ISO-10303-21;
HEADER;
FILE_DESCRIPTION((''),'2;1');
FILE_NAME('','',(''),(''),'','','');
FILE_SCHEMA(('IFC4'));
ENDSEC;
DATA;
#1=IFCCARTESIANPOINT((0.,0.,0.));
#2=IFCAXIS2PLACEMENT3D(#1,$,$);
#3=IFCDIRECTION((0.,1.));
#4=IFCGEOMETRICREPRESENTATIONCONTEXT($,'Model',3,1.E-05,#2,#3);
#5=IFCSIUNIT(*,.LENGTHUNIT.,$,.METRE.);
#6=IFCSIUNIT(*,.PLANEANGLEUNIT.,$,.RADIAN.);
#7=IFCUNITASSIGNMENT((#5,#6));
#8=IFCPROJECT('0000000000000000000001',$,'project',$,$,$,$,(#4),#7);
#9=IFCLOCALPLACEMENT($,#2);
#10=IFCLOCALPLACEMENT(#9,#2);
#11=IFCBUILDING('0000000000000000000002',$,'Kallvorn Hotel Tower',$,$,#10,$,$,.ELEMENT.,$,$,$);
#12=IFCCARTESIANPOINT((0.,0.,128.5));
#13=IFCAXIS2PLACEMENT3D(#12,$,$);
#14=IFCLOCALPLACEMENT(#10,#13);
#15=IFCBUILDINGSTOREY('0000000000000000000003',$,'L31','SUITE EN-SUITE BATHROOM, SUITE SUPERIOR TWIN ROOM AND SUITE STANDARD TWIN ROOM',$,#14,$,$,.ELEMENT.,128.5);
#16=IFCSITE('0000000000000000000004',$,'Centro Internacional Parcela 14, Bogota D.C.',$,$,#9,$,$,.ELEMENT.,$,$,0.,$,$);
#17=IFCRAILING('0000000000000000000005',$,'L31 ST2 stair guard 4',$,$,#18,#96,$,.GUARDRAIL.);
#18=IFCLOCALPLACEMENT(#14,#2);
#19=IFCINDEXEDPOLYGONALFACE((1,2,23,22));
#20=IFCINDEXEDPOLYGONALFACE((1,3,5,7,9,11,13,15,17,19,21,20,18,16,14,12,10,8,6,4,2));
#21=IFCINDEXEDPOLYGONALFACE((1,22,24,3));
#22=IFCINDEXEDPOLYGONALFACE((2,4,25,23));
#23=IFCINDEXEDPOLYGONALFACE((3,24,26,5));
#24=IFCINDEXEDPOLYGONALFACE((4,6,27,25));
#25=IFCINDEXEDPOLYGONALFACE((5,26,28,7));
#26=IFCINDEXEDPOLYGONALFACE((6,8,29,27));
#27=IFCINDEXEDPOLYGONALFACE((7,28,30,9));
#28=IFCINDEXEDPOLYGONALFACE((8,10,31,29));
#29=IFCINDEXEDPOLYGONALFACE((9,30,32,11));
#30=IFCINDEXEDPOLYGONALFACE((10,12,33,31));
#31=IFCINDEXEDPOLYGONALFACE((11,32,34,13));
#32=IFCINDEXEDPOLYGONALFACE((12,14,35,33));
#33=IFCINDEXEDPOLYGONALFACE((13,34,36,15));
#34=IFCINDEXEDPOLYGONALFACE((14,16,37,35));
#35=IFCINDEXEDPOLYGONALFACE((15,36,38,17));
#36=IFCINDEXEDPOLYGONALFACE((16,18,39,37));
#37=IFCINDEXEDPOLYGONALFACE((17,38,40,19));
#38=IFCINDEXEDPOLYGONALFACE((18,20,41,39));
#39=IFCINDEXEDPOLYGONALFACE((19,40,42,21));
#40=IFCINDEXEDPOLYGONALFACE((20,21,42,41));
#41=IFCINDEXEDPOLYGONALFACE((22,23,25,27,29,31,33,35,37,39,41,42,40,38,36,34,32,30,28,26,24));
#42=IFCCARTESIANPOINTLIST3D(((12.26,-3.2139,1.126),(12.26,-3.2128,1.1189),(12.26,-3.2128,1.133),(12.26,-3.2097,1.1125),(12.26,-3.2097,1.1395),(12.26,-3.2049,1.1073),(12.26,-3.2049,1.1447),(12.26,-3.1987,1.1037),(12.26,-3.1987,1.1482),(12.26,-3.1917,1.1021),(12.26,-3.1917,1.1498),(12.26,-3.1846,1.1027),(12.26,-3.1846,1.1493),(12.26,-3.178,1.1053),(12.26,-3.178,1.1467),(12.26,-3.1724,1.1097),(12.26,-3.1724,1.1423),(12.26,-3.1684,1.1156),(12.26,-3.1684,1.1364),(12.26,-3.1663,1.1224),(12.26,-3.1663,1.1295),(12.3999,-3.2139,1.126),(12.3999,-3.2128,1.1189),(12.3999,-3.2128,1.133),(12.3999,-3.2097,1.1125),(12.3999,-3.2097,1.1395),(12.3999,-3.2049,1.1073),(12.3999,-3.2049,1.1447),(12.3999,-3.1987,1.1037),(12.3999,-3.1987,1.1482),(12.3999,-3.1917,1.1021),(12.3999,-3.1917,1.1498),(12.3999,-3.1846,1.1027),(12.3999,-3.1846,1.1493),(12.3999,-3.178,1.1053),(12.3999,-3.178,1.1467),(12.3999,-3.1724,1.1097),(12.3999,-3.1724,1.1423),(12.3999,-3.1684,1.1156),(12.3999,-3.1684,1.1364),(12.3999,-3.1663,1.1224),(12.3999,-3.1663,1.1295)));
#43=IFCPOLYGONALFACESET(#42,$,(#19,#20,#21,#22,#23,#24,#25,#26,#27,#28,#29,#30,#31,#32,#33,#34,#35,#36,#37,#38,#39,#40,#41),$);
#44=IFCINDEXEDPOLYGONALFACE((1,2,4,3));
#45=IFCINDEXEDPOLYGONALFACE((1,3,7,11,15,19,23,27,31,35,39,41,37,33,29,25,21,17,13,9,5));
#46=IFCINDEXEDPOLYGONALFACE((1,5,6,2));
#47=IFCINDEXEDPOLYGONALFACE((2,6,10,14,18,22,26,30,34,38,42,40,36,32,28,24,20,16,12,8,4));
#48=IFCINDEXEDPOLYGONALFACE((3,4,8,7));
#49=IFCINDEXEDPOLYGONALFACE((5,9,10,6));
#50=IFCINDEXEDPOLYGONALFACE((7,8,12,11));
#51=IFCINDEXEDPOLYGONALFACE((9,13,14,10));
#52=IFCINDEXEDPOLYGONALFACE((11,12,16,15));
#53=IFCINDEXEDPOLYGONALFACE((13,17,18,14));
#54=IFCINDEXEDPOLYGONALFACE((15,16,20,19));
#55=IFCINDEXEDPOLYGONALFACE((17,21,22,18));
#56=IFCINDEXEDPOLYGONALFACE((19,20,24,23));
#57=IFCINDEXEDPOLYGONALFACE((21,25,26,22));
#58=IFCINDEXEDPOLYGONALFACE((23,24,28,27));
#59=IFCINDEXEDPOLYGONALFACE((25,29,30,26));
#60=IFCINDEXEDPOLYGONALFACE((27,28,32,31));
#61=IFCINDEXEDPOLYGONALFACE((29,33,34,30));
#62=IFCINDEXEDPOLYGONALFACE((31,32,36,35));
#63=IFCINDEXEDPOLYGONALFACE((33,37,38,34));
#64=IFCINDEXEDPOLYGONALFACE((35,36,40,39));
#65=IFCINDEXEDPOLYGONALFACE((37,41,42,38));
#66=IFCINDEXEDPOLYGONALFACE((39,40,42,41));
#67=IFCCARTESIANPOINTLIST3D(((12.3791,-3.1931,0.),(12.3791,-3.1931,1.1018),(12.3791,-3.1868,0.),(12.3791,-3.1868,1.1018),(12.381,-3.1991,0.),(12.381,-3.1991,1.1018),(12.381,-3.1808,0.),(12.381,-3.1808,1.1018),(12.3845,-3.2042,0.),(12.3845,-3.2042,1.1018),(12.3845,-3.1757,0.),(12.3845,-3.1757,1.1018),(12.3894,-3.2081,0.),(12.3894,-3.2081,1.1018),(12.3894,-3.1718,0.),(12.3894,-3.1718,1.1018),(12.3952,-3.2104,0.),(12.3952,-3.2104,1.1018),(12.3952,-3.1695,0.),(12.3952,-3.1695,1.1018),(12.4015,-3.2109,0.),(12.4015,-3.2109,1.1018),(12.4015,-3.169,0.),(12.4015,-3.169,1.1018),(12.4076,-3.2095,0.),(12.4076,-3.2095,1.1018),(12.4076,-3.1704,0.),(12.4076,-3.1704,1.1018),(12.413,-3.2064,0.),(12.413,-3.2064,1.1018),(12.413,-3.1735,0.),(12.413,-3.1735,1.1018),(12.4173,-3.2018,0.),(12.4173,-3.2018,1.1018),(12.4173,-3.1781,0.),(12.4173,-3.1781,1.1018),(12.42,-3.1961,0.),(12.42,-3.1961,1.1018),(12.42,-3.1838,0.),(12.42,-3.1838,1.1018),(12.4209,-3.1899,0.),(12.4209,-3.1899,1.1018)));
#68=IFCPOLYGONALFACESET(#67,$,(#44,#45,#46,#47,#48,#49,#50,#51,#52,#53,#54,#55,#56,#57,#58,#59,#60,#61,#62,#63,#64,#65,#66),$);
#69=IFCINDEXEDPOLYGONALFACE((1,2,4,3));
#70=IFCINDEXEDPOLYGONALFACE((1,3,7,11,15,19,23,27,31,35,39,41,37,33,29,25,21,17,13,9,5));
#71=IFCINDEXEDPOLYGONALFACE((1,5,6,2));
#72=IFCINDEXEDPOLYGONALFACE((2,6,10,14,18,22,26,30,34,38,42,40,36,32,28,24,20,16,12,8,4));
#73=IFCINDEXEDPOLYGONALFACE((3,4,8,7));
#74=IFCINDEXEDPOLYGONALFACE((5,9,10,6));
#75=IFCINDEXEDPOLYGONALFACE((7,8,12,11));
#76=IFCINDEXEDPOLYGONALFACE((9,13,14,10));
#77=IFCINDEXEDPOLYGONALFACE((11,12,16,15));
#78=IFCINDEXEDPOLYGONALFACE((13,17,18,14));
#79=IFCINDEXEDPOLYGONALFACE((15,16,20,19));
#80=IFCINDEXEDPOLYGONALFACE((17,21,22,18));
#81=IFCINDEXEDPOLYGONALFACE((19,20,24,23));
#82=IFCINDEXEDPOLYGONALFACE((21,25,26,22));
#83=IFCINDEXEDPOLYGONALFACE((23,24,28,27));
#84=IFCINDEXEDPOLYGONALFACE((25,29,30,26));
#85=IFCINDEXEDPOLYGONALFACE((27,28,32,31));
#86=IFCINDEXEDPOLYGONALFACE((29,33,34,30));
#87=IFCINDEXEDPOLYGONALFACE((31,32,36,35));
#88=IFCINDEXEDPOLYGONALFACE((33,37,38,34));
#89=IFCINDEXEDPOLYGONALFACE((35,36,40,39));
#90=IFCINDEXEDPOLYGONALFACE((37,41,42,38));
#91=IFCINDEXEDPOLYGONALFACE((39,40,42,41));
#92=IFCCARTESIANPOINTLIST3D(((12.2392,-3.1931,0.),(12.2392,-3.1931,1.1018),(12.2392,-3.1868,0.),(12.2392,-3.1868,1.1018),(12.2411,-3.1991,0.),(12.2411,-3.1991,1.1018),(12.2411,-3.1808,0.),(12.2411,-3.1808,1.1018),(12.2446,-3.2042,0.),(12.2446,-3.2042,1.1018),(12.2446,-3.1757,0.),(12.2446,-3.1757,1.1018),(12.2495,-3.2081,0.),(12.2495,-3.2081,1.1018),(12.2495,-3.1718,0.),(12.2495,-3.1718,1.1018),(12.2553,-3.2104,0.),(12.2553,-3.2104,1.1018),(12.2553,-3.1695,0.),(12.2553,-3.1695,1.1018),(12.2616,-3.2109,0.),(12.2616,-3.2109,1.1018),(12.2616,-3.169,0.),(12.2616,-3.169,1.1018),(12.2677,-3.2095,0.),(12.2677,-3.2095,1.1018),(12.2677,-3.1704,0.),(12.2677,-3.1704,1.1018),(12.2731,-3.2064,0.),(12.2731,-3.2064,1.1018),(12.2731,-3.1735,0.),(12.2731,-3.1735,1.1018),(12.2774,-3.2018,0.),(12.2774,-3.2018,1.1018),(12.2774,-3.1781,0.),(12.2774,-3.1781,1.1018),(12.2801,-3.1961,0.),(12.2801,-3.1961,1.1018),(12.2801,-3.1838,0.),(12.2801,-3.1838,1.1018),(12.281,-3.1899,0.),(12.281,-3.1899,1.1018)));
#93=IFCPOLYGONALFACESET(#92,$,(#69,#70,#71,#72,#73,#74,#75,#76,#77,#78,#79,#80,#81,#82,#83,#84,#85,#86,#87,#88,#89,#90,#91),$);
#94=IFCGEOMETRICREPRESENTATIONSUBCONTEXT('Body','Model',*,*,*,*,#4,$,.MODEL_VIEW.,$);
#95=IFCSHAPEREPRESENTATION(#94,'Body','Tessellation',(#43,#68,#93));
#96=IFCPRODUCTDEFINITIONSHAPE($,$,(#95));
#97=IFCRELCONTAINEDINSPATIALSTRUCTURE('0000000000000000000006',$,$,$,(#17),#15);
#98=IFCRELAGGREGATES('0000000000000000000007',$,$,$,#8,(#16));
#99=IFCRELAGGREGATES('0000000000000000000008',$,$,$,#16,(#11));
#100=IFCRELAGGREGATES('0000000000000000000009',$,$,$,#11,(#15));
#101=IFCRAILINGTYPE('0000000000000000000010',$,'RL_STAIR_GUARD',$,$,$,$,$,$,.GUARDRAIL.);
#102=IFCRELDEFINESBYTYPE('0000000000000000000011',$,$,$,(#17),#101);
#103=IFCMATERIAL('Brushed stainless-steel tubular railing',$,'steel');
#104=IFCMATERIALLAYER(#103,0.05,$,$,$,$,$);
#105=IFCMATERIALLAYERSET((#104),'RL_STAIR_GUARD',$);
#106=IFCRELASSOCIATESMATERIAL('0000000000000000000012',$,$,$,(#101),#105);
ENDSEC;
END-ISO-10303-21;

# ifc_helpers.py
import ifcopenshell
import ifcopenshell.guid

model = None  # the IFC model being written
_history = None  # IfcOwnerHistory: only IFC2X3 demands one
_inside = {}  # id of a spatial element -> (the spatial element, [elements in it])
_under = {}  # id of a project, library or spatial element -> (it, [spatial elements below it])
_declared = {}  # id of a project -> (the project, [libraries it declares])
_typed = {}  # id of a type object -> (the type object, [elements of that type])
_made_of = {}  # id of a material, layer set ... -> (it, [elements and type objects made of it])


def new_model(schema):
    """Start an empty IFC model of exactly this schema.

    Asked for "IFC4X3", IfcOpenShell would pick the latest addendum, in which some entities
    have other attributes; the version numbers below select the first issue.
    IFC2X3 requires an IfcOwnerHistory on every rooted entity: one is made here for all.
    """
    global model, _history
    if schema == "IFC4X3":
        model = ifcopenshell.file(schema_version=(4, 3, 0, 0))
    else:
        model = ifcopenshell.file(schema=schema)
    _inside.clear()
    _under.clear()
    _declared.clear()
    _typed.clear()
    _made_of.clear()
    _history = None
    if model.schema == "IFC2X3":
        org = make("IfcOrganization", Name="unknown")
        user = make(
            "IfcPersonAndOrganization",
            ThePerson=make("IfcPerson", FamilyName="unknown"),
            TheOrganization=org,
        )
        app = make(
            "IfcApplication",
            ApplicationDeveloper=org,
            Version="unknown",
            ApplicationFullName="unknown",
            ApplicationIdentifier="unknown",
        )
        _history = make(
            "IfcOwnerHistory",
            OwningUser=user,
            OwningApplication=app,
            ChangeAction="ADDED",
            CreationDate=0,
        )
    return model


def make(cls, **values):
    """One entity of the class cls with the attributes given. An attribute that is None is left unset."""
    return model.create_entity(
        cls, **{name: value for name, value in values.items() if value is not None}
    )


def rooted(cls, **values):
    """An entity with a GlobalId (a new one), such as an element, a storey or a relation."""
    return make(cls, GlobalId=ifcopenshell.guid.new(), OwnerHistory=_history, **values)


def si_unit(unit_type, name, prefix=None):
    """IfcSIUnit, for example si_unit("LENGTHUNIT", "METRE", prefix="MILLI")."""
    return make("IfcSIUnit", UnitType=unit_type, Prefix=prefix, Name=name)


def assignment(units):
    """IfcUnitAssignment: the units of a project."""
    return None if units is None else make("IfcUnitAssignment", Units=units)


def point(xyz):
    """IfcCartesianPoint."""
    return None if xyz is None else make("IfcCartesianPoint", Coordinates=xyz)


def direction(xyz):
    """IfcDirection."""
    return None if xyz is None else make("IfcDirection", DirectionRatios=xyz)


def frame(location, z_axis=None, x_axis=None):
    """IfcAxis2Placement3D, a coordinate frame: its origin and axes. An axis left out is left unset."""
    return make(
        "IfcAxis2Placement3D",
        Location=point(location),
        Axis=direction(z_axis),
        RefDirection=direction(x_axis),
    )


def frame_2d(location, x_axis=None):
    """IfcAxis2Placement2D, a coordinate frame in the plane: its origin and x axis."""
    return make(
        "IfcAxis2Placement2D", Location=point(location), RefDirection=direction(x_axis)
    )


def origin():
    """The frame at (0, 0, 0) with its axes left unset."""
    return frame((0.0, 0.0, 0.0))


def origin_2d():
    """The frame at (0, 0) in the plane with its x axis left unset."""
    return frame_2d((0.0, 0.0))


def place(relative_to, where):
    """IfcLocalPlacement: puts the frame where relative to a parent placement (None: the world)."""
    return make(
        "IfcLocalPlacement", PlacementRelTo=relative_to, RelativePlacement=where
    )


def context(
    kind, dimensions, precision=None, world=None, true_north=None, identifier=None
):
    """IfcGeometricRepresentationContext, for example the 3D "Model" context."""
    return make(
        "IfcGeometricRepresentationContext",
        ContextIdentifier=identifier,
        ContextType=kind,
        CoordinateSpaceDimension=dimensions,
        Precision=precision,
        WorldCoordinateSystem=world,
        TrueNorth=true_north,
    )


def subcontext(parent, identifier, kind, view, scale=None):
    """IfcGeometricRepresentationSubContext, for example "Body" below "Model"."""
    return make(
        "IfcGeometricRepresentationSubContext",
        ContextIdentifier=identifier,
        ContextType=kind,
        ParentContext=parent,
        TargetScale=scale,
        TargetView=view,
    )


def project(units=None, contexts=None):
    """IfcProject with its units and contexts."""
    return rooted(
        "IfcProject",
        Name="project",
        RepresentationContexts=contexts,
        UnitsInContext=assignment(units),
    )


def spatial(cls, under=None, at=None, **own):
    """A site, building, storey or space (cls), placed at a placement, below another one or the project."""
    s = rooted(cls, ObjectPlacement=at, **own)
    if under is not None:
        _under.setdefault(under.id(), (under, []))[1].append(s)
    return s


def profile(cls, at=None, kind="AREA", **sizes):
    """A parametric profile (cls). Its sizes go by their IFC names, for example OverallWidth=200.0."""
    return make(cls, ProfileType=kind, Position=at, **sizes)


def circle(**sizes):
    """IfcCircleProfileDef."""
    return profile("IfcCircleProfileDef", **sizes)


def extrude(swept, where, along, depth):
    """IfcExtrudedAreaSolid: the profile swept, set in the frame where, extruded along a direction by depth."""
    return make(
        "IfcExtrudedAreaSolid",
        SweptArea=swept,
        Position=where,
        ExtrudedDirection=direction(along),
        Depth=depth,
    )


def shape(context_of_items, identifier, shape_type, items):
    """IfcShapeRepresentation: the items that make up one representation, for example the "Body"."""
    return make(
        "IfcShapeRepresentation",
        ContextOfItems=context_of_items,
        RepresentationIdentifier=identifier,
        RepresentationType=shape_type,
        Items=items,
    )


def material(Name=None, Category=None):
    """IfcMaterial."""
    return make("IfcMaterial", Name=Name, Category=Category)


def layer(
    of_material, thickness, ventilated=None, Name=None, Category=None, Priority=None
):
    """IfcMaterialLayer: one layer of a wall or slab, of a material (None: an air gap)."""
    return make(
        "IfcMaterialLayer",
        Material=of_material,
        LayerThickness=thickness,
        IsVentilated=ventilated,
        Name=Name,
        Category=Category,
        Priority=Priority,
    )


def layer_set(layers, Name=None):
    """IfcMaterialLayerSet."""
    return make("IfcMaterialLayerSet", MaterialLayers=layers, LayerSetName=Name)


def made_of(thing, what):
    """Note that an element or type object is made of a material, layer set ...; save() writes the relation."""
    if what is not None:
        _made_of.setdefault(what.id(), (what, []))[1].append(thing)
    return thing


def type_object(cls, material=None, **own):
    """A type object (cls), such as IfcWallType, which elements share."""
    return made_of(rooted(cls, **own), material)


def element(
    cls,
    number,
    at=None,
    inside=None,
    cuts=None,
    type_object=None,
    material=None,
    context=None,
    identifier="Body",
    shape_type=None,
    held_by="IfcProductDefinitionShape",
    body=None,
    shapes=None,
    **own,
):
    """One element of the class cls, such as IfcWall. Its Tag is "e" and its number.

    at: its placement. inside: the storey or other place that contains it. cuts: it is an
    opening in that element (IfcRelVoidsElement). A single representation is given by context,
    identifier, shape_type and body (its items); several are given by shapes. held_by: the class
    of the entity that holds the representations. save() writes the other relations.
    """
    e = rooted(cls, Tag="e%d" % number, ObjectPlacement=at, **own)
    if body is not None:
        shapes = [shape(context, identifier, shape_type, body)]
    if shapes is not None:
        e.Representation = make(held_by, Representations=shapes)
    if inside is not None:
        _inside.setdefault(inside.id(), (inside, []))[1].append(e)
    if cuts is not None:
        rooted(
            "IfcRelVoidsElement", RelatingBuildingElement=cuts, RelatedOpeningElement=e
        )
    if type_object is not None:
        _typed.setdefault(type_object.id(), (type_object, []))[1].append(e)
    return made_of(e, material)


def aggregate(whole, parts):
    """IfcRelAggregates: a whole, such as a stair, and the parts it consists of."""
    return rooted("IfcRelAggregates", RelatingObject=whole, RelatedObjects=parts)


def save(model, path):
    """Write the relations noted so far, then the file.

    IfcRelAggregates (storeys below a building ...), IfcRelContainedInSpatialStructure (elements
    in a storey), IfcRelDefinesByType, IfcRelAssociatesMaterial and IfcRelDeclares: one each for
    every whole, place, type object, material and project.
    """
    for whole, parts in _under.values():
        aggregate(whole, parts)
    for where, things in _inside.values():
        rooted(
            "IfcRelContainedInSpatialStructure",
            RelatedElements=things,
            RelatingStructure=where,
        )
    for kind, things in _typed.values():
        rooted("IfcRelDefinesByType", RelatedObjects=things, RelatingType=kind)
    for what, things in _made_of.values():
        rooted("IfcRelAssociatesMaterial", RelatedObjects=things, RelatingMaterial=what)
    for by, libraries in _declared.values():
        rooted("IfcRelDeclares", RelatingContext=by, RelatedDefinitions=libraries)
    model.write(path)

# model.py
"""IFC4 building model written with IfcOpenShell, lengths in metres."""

from ifc_helpers import new_model, si_unit, direction, frame, origin, origin_2d, place, context, subcontext, project, spatial, circle, extrude, material, layer, layer_set, type_object, element, save


model = new_model("IFC4")

# Units and contexts
model_context = context("Model", 3, precision=1e-05, world=origin(), true_north=direction((0.0, 1.0)))
body_context = subcontext(model_context, "Body", "Model", "MODEL_VIEW")
ifc_project = project(units=[si_unit("LENGTHUNIT", "METRE"), si_unit("PLANEANGLEUNIT", "RADIAN")], contexts=[model_context])

# Site, building, storey
site_placement = place(None, origin())
site = spatial("IfcSite", under=ifc_project, at=site_placement, Name="Centro Internacional Parcela 14, Bogota D.C.", CompositionType="ELEMENT", RefElevation=0.0)
building_placement = place(site_placement, origin())
building = spatial("IfcBuilding", under=site, at=building_placement, Name="Kallvorn Hotel Tower", CompositionType="ELEMENT")
storey_placement = place(building_placement, frame((0.0, 0.0, 128.5)))
storey = spatial("IfcBuildingStorey", under=building, at=storey_placement, Name="L31", Description="SUITE EN-SUITE BATHROOM, SUITE SUPERIOR TWIN ROOM AND SUITE STANDARD TWIN ROOM", CompositionType="ELEMENT", Elevation=128.5)

# Railing
ifc_material_1 = material(Name="Brushed stainless-steel tubular railing", Category="steel")
ifc_layer_1 = layer(ifc_material_1, 0.05)
ifc_layer_set_1 = layer_set([ifc_layer_1], Name="RL_STAIR_GUARD")
railing_type_1 = type_object("IfcRailingType", Name="RL_STAIR_GUARD", PredefinedType="GUARDRAIL", material=ifc_layer_set_1)
railing_1_placement = place(storey_placement, frame((12.3999, -3.1899, 0.0)))
element("IfcRailing", 1, at=railing_1_placement, inside=storey, type_object=railing_type_1, Name="L31 ST2 stair guard 4", PredefinedType="GUARDRAIL", context=body_context, shape_type="SweptSolid", body=[
    extrude(circle(Radius=0.0239, at=origin_2d()), frame((0.0, 0.0, 1.126), z_axis=(-1.0, 0.0, 0.0), x_axis=(0.0, -1.0, 0.0)), (0.0, 0.0, 1.0), 0.1399),
    extrude(circle(Radius=0.021, at=origin_2d()), origin(), (0.0, 0.0, 1.0), 1.1018),
    extrude(circle(Radius=0.021, at=origin_2d()), frame((-0.1399, 0.0, 0.0)), (0.0, 0.0, 1.0), 1.1018),
])

save(model, "model.ifc")
